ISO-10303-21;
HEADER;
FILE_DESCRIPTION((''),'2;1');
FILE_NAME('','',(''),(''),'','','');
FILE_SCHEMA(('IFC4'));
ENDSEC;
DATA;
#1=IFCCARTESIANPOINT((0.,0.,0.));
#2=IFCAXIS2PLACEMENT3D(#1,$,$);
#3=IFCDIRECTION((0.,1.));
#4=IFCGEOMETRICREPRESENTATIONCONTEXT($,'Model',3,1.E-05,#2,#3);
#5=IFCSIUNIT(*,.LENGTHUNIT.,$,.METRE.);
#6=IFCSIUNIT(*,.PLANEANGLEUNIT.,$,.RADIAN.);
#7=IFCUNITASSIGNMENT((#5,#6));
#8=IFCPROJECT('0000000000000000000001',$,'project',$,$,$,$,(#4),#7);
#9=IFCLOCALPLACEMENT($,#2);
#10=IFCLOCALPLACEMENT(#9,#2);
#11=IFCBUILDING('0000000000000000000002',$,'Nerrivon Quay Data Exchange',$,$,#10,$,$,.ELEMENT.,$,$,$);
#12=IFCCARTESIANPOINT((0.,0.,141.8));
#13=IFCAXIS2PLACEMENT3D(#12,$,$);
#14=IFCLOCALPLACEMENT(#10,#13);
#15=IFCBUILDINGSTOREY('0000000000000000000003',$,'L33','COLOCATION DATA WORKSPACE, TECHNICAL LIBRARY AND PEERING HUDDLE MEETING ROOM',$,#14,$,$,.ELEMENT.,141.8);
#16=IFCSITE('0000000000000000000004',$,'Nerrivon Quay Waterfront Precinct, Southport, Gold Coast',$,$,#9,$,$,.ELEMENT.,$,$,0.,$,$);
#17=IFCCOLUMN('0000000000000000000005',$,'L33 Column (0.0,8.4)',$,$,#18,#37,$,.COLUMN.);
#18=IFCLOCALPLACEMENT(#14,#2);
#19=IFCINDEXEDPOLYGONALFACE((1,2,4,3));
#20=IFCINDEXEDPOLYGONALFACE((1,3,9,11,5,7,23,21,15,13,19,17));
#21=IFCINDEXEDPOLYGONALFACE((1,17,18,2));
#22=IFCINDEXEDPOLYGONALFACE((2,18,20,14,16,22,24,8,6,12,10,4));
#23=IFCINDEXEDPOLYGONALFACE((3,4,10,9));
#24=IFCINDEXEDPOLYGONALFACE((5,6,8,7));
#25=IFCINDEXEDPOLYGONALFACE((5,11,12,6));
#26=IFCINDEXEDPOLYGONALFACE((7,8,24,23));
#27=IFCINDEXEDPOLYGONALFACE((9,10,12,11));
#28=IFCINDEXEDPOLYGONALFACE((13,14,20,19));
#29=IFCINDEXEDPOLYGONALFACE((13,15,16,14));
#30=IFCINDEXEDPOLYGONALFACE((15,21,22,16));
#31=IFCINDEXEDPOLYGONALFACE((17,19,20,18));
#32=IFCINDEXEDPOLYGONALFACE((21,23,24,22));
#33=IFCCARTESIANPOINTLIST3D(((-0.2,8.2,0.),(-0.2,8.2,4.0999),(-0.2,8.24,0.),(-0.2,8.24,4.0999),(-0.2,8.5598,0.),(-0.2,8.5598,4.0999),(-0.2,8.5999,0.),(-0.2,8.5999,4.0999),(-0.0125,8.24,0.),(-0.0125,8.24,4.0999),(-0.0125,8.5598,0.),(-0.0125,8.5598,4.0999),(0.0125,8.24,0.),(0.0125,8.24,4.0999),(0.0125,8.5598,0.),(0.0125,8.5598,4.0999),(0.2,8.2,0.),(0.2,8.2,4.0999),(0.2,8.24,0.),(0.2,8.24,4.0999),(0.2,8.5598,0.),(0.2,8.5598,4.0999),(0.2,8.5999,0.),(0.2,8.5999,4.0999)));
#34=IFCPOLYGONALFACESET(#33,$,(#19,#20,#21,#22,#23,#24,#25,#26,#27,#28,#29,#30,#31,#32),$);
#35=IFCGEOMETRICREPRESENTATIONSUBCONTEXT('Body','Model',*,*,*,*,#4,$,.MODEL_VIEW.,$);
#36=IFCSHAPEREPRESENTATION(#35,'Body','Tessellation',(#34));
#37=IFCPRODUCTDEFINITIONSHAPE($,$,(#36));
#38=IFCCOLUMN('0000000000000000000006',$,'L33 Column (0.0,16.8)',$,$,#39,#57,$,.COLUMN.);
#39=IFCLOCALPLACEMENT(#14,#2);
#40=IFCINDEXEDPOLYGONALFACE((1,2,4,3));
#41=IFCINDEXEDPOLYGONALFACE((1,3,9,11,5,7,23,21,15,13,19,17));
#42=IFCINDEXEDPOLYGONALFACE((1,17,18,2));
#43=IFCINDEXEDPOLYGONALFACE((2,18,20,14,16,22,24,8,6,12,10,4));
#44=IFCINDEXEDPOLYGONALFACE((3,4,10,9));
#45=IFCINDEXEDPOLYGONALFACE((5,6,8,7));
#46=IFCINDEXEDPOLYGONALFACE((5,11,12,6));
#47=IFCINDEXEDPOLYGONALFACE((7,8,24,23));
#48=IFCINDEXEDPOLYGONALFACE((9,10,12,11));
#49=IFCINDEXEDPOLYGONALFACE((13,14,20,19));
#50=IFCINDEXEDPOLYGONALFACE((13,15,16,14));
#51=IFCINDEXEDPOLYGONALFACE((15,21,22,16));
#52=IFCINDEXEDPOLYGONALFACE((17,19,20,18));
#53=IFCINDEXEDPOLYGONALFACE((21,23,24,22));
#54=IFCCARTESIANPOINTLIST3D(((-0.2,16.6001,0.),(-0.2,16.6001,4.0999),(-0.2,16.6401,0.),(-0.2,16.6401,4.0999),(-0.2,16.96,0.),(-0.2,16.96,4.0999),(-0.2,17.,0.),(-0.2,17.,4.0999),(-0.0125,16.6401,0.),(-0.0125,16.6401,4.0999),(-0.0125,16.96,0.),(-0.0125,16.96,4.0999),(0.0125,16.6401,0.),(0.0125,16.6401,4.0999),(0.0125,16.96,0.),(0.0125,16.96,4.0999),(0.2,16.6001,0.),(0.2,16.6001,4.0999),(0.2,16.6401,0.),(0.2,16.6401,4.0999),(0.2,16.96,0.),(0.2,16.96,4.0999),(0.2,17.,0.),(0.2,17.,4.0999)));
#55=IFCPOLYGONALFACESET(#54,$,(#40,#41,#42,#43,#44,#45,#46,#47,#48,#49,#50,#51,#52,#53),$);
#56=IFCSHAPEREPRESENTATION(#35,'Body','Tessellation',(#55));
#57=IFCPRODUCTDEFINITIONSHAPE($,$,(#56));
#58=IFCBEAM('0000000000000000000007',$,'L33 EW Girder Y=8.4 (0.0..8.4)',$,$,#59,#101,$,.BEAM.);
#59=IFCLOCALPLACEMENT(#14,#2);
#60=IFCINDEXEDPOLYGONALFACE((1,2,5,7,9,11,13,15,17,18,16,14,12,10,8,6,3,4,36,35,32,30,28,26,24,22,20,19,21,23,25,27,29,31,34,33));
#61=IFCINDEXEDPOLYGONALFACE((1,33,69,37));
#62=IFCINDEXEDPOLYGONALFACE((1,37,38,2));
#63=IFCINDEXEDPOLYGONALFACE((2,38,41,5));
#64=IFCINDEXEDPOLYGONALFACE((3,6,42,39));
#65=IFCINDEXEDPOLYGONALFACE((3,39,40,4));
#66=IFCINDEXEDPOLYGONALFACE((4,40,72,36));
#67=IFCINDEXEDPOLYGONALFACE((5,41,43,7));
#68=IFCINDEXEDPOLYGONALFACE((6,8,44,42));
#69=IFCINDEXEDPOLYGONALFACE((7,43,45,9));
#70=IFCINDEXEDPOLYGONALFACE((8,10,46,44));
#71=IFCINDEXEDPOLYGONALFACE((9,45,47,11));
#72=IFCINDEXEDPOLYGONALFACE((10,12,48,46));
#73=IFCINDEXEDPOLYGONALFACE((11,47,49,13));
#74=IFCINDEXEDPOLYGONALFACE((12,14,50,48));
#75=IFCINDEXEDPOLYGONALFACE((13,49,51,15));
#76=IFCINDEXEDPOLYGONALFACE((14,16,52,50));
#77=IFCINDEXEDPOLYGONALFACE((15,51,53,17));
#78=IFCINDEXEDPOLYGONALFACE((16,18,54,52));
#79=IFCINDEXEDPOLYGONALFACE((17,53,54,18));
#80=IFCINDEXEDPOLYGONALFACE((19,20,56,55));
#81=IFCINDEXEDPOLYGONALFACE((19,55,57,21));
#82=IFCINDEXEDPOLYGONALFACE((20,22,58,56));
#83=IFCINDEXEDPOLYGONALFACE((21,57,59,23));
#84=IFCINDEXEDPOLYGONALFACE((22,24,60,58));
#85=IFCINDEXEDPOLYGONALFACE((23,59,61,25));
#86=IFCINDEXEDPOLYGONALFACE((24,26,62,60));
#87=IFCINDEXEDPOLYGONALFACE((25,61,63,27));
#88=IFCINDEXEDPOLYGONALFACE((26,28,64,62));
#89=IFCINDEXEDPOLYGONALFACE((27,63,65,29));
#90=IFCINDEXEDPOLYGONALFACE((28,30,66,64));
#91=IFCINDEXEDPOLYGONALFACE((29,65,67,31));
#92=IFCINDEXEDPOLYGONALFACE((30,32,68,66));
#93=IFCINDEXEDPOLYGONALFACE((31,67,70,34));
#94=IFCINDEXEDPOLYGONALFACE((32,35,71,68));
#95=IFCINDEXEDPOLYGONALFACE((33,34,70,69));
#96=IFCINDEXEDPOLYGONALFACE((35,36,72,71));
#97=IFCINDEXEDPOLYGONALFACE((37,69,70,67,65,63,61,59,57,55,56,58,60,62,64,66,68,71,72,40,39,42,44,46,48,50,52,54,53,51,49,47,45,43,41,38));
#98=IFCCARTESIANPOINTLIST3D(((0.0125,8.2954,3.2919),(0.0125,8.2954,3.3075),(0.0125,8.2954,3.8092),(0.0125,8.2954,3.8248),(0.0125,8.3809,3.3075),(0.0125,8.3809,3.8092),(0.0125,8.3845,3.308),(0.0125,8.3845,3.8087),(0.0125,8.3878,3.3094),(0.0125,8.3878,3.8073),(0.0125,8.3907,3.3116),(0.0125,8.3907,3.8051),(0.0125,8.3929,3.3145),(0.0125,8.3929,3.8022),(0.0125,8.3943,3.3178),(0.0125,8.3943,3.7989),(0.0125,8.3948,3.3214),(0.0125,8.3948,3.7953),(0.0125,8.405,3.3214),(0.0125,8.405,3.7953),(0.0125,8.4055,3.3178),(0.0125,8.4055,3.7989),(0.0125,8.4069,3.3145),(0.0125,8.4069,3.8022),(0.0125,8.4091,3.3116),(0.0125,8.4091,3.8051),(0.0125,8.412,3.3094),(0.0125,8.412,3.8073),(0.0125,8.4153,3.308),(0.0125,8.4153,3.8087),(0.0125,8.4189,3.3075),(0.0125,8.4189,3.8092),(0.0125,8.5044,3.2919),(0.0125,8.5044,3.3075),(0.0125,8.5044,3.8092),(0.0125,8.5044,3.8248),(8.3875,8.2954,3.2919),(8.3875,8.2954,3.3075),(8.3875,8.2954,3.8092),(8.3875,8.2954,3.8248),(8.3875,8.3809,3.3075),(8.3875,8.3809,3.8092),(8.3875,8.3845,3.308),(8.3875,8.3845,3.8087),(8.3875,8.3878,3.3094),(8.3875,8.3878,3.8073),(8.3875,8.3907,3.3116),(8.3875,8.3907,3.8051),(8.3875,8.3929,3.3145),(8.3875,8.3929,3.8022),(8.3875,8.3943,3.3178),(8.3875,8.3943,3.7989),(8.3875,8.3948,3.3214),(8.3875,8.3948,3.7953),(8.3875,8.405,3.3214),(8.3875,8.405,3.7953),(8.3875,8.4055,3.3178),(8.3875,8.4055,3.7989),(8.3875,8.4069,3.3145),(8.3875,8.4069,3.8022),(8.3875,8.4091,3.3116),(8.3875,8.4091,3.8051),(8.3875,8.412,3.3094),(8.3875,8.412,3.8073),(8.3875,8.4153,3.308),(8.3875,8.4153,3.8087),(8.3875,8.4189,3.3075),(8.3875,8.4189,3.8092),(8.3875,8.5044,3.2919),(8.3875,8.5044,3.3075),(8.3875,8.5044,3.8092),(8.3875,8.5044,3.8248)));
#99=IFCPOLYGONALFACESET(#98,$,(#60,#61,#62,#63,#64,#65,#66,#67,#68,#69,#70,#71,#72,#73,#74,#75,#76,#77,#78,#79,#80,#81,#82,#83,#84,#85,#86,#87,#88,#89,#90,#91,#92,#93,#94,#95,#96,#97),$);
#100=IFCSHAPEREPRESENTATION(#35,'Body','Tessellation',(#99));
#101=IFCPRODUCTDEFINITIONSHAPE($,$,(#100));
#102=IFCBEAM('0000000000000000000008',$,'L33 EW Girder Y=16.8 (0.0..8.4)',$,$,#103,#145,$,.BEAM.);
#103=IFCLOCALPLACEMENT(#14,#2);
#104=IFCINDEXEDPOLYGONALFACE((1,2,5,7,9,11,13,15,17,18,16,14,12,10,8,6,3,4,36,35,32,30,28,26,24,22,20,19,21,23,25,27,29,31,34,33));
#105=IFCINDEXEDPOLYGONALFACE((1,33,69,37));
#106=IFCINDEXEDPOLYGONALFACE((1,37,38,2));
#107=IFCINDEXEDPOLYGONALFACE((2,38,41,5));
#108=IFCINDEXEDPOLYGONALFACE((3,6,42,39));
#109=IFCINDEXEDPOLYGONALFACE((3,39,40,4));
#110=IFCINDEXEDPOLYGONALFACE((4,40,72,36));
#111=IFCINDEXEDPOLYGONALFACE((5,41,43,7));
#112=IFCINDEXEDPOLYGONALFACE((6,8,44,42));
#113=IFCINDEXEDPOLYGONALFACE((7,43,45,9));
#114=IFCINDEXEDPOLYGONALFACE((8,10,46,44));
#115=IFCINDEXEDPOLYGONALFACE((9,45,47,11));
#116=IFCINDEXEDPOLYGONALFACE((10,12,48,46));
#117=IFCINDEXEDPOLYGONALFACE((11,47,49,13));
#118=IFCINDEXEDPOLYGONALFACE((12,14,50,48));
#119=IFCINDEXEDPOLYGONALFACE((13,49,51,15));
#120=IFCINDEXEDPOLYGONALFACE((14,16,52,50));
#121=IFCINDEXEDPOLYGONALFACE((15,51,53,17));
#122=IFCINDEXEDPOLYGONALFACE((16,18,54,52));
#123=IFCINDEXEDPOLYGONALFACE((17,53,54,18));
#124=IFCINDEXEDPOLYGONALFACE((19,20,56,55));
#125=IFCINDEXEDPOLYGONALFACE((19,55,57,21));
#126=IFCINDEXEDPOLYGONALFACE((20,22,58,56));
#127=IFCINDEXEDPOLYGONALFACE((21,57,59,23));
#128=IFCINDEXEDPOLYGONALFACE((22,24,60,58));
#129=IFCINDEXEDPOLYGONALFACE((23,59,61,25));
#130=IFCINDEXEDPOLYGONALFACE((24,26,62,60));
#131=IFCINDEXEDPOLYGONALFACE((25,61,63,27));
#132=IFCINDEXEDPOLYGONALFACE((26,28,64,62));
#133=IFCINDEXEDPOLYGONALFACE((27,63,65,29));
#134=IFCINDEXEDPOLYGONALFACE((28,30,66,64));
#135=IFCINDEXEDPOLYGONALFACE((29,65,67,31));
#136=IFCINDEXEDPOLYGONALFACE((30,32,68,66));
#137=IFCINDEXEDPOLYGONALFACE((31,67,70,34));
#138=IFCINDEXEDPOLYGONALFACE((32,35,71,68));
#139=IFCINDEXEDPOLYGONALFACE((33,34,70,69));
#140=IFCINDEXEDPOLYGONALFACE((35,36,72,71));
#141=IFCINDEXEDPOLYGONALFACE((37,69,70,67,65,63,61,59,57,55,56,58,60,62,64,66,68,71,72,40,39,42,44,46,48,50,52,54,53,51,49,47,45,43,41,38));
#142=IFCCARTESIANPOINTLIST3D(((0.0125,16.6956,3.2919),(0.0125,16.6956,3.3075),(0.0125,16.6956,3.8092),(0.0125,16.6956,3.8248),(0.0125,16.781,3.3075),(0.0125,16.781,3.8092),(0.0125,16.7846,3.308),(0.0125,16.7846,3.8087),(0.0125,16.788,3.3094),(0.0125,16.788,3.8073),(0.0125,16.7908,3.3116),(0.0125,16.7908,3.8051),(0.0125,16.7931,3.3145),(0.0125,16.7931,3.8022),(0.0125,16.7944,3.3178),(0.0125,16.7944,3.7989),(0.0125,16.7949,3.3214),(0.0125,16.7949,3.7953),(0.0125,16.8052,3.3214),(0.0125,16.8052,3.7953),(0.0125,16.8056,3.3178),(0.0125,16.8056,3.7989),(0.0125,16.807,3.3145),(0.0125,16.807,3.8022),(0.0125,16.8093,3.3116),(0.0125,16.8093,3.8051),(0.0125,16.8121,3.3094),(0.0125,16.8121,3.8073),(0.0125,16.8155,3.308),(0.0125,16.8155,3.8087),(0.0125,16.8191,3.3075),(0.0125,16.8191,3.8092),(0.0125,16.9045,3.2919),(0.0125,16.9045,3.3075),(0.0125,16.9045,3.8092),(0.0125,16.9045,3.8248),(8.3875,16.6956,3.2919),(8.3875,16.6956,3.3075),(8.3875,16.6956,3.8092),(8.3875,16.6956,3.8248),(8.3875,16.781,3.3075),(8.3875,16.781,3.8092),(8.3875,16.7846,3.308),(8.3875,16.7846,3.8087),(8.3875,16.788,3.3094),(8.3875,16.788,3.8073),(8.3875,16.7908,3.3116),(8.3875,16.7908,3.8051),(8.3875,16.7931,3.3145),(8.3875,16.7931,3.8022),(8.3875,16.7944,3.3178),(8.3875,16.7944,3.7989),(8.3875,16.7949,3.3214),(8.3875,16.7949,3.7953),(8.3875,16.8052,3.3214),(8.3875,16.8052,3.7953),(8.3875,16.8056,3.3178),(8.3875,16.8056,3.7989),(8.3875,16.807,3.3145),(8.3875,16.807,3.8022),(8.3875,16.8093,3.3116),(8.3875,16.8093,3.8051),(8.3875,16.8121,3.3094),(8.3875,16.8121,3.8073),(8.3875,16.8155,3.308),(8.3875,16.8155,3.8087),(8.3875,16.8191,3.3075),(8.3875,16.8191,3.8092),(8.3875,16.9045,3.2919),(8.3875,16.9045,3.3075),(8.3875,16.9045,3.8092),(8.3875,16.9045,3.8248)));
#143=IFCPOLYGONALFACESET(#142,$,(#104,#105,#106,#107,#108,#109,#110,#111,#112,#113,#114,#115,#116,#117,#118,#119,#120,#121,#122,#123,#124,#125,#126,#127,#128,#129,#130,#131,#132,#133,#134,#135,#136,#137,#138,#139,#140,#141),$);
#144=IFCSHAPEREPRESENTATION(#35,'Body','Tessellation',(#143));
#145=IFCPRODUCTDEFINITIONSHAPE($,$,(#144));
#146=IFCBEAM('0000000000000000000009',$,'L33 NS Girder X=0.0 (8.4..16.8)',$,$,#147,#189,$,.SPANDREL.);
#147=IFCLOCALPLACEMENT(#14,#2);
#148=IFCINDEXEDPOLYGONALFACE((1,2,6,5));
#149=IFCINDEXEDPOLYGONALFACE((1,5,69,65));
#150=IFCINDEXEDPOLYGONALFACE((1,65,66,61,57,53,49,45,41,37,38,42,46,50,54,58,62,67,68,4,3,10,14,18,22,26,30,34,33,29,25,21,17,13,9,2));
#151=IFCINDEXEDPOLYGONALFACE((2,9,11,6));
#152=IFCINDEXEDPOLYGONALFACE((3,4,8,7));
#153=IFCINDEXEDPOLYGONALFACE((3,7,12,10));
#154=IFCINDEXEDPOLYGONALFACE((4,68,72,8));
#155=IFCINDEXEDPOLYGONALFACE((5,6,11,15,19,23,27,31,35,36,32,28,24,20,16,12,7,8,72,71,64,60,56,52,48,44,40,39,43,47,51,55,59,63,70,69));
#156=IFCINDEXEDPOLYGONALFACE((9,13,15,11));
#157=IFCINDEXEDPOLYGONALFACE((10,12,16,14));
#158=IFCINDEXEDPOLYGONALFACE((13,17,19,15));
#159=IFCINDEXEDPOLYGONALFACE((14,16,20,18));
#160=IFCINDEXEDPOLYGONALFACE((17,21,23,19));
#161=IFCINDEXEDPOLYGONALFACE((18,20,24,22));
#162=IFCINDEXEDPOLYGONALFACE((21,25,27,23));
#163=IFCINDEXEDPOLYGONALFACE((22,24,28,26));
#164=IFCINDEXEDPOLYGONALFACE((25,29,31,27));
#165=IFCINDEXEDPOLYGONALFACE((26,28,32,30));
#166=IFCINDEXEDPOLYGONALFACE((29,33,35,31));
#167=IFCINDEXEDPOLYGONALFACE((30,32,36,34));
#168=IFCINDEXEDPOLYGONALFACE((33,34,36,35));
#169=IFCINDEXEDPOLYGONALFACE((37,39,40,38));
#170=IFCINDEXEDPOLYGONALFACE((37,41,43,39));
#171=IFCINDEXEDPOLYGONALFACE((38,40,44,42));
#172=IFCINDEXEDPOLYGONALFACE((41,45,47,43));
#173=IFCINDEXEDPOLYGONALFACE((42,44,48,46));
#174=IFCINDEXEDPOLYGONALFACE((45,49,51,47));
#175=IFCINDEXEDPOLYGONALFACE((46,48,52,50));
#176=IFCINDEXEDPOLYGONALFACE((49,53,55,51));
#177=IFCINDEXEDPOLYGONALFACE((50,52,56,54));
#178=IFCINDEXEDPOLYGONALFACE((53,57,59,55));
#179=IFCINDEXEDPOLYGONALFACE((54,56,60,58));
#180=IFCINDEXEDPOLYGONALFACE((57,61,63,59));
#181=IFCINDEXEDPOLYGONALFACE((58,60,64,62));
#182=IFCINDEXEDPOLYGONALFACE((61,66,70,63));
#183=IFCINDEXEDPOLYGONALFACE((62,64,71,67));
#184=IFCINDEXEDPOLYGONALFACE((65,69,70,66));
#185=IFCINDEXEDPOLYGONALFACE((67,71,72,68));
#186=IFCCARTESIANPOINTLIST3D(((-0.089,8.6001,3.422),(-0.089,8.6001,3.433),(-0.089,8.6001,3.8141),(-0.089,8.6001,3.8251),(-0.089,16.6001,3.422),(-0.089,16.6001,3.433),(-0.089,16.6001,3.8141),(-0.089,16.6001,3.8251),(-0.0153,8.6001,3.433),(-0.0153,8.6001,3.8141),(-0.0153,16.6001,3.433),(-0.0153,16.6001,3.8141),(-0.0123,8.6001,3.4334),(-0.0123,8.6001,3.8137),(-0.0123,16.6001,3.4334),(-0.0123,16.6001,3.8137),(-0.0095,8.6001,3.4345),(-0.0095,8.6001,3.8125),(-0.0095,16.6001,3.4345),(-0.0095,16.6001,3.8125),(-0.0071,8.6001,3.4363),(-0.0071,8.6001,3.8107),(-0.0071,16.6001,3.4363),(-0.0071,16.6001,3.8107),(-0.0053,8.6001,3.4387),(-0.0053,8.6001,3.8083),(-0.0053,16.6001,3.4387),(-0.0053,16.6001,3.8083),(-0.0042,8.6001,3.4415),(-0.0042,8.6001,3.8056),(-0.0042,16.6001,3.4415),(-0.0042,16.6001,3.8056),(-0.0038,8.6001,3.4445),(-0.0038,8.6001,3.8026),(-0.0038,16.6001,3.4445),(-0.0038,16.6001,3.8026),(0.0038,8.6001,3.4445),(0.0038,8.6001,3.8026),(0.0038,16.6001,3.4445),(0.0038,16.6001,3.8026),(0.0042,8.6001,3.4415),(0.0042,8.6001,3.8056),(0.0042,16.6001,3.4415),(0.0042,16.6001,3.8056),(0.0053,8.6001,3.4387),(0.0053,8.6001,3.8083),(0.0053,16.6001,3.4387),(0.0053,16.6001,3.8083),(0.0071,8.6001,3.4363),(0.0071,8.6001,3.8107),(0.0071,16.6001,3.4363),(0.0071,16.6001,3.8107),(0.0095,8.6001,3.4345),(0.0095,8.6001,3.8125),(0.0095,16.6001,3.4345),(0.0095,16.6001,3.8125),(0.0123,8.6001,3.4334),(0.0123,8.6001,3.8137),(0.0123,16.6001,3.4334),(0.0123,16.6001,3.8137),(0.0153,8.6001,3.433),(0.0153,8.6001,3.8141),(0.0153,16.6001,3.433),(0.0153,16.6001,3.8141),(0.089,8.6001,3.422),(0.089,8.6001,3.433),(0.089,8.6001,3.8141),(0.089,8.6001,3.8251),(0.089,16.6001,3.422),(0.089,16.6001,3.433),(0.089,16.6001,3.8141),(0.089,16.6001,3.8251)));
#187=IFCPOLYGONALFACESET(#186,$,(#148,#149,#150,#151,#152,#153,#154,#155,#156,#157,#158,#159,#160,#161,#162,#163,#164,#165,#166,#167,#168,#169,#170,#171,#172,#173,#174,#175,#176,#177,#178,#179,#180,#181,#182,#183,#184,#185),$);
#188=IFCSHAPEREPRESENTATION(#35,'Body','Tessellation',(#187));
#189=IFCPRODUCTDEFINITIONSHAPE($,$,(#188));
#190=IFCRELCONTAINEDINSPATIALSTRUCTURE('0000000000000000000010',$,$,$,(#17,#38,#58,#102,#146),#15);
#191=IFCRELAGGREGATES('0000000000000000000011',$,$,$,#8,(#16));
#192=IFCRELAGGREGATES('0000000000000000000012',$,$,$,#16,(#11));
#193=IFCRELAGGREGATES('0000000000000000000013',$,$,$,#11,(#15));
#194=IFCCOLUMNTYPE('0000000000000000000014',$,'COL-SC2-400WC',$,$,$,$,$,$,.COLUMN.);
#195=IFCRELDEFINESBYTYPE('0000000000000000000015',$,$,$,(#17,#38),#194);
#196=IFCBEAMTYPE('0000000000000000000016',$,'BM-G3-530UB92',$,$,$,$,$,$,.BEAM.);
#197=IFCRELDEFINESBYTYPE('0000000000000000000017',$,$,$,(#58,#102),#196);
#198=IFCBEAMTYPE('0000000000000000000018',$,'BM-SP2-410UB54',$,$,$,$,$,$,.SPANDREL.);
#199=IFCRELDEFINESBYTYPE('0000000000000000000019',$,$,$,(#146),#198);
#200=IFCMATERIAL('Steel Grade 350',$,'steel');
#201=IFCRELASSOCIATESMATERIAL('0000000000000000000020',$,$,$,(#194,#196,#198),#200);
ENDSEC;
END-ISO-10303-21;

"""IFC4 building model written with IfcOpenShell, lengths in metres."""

from ifc_helpers import new_model, si_unit, direction, frame, origin, origin_2d, place, context, subcontext, project, spatial, i_section, extrude, material, material_profile, profile_set, type_object, element, save


model = new_model("IFC4")

# Units and contexts
model_context = context("Model", 3, precision=1e-05, world=origin(), true_north=direction((0.0, 1.0)))
body_context = subcontext(model_context, "Body", "Model", "MODEL_VIEW")
ifc_project = project(units=[si_unit("LENGTHUNIT", "METRE"), si_unit("PLANEANGLEUNIT", "RADIAN")], contexts=[model_context])

# Site, building, storey
site_placement = place(None, origin())
site = spatial("IfcSite", under=ifc_project, at=site_placement, Name="Nerrivon Quay Waterfront Precinct, Southport, Gold Coast", CompositionType="ELEMENT", RefElevation=0.0)
building_placement = place(site_placement, origin())
building = spatial("IfcBuilding", under=site, at=building_placement, Name="Nerrivon Quay Data Exchange", CompositionType="ELEMENT")
storey_placement = place(building_placement, frame((0.0, 0.0, 141.8)))
storey = spatial("IfcBuildingStorey", under=building, at=storey_placement, Name="L33", Description="COLOCATION DATA WORKSPACE, TECHNICAL LIBRARY AND PEERING HUDDLE MEETING ROOM", CompositionType="ELEMENT", Elevation=141.8)

# Columns
ifc_material_1 = material(Name="Steel Grade 350", Category="steel")
ifc_material_profile_1 = material_profile(ifc_material_1, i_section(OverallWidth=0.3999, OverallDepth=0.3999, WebThickness=0.0249, FlangeThickness=0.04, at=origin_2d()), Name="400WC328")
ifc_profile_set_1 = profile_set([ifc_material_profile_1], Name="Steel Grade 350")
column_type = type_object("IfcColumnType", Name="COL-SC2-400WC", PredefinedType="COLUMN", material=ifc_profile_set_1)
for number, where, z_axis, x_axis, name in (
    (1, (0.0, 8.3999, 0.0), (0.0, 0.0, 1.0), (1.0, 0.0, 0.0), "L33 Column (0.0,8.4)"),
    (2, (0.0, 16.8, 0.0), (0.0, 0.0, 1.0), (1.0, 0.0, 0.0), "L33 Column (0.0,16.8)"),
):
    element("IfcColumn", number, at=place(storey_placement, frame(where, z_axis=z_axis, x_axis=x_axis)), inside=storey, type_object=column_type, Name=name, PredefinedType="COLUMN", context=body_context, shape_type="SweptSolid", body=[
        extrude(i_section(OverallWidth=0.3999, OverallDepth=0.3999, WebThickness=0.0249, FlangeThickness=0.04, at=origin_2d()), origin(), (0.0, 0.0, 1.0), 4.0999),
    ])

# Beams
ifc_material_profile_2 = material_profile(ifc_material_1, i_section(OverallWidth=0.209, OverallDepth=0.533, WebThickness=0.0103, FlangeThickness=0.0156, FilletRadius=0.0139, at=origin_2d()), Name="530UB92.4")
ifc_profile_set_2 = profile_set([ifc_material_profile_2], Name="Steel Grade 350")
beam_type_1 = type_object("IfcBeamType", Name="BM-G3-530UB92", PredefinedType="BEAM", material=ifc_profile_set_2)
for number, where, z_axis, x_axis, name in (
    (3, (0.0125, 8.3999, 3.5583), (1.0, 0.0, 0.0), (0.0, 1.0, 0.0), "L33 EW Girder Y=8.4 (0.0..8.4)"),
    (4, (0.0125, 16.8, 3.5583), (1.0, 0.0, 0.0), (0.0, 1.0, 0.0), "L33 EW Girder Y=16.8 (0.0..8.4)"),
):
    element("IfcBeam", number, at=place(storey_placement, frame(where, z_axis=z_axis, x_axis=x_axis)), inside=storey, type_object=beam_type_1, Name=name, PredefinedType="BEAM", context=body_context, shape_type="SweptSolid", body=[
        extrude(i_section(OverallWidth=0.209, OverallDepth=0.533, WebThickness=0.0103, FlangeThickness=0.0156, FilletRadius=0.0139, at=origin_2d()), origin(), (0.0, 0.0, 1.0), 8.375),
    ])
ifc_material_profile_3 = material_profile(ifc_material_1, i_section(OverallWidth=0.178, OverallDepth=0.4031, WebThickness=0.0076, FlangeThickness=0.011, FilletRadius=0.0115, at=origin_2d()), Name="410UB53.7")
ifc_profile_set_3 = profile_set([ifc_material_profile_3], Name="Steel Grade 350")
beam_type_2 = type_object("IfcBeamType", Name="BM-SP2-410UB54", PredefinedType="SPANDREL", material=ifc_profile_set_3)
beam_placement = place(storey_placement, frame((0.0, 8.6001, 3.6235), z_axis=(0.0, 1.0, 0.0), x_axis=(-1.0, 0.0, 0.0)))
element("IfcBeam", 5, at=beam_placement, inside=storey, type_object=beam_type_2, Name="L33 NS Girder X=0.0 (8.4..16.8)", PredefinedType="SPANDREL", context=body_context, shape_type="SweptSolid", body=[
    extrude(i_section(OverallWidth=0.178, OverallDepth=0.4031, WebThickness=0.0076, FlangeThickness=0.011, FilletRadius=0.0115, at=origin_2d()), origin(), (0.0, 0.0, 1.0), 8.0),
])

save(model, "model.ifc")
